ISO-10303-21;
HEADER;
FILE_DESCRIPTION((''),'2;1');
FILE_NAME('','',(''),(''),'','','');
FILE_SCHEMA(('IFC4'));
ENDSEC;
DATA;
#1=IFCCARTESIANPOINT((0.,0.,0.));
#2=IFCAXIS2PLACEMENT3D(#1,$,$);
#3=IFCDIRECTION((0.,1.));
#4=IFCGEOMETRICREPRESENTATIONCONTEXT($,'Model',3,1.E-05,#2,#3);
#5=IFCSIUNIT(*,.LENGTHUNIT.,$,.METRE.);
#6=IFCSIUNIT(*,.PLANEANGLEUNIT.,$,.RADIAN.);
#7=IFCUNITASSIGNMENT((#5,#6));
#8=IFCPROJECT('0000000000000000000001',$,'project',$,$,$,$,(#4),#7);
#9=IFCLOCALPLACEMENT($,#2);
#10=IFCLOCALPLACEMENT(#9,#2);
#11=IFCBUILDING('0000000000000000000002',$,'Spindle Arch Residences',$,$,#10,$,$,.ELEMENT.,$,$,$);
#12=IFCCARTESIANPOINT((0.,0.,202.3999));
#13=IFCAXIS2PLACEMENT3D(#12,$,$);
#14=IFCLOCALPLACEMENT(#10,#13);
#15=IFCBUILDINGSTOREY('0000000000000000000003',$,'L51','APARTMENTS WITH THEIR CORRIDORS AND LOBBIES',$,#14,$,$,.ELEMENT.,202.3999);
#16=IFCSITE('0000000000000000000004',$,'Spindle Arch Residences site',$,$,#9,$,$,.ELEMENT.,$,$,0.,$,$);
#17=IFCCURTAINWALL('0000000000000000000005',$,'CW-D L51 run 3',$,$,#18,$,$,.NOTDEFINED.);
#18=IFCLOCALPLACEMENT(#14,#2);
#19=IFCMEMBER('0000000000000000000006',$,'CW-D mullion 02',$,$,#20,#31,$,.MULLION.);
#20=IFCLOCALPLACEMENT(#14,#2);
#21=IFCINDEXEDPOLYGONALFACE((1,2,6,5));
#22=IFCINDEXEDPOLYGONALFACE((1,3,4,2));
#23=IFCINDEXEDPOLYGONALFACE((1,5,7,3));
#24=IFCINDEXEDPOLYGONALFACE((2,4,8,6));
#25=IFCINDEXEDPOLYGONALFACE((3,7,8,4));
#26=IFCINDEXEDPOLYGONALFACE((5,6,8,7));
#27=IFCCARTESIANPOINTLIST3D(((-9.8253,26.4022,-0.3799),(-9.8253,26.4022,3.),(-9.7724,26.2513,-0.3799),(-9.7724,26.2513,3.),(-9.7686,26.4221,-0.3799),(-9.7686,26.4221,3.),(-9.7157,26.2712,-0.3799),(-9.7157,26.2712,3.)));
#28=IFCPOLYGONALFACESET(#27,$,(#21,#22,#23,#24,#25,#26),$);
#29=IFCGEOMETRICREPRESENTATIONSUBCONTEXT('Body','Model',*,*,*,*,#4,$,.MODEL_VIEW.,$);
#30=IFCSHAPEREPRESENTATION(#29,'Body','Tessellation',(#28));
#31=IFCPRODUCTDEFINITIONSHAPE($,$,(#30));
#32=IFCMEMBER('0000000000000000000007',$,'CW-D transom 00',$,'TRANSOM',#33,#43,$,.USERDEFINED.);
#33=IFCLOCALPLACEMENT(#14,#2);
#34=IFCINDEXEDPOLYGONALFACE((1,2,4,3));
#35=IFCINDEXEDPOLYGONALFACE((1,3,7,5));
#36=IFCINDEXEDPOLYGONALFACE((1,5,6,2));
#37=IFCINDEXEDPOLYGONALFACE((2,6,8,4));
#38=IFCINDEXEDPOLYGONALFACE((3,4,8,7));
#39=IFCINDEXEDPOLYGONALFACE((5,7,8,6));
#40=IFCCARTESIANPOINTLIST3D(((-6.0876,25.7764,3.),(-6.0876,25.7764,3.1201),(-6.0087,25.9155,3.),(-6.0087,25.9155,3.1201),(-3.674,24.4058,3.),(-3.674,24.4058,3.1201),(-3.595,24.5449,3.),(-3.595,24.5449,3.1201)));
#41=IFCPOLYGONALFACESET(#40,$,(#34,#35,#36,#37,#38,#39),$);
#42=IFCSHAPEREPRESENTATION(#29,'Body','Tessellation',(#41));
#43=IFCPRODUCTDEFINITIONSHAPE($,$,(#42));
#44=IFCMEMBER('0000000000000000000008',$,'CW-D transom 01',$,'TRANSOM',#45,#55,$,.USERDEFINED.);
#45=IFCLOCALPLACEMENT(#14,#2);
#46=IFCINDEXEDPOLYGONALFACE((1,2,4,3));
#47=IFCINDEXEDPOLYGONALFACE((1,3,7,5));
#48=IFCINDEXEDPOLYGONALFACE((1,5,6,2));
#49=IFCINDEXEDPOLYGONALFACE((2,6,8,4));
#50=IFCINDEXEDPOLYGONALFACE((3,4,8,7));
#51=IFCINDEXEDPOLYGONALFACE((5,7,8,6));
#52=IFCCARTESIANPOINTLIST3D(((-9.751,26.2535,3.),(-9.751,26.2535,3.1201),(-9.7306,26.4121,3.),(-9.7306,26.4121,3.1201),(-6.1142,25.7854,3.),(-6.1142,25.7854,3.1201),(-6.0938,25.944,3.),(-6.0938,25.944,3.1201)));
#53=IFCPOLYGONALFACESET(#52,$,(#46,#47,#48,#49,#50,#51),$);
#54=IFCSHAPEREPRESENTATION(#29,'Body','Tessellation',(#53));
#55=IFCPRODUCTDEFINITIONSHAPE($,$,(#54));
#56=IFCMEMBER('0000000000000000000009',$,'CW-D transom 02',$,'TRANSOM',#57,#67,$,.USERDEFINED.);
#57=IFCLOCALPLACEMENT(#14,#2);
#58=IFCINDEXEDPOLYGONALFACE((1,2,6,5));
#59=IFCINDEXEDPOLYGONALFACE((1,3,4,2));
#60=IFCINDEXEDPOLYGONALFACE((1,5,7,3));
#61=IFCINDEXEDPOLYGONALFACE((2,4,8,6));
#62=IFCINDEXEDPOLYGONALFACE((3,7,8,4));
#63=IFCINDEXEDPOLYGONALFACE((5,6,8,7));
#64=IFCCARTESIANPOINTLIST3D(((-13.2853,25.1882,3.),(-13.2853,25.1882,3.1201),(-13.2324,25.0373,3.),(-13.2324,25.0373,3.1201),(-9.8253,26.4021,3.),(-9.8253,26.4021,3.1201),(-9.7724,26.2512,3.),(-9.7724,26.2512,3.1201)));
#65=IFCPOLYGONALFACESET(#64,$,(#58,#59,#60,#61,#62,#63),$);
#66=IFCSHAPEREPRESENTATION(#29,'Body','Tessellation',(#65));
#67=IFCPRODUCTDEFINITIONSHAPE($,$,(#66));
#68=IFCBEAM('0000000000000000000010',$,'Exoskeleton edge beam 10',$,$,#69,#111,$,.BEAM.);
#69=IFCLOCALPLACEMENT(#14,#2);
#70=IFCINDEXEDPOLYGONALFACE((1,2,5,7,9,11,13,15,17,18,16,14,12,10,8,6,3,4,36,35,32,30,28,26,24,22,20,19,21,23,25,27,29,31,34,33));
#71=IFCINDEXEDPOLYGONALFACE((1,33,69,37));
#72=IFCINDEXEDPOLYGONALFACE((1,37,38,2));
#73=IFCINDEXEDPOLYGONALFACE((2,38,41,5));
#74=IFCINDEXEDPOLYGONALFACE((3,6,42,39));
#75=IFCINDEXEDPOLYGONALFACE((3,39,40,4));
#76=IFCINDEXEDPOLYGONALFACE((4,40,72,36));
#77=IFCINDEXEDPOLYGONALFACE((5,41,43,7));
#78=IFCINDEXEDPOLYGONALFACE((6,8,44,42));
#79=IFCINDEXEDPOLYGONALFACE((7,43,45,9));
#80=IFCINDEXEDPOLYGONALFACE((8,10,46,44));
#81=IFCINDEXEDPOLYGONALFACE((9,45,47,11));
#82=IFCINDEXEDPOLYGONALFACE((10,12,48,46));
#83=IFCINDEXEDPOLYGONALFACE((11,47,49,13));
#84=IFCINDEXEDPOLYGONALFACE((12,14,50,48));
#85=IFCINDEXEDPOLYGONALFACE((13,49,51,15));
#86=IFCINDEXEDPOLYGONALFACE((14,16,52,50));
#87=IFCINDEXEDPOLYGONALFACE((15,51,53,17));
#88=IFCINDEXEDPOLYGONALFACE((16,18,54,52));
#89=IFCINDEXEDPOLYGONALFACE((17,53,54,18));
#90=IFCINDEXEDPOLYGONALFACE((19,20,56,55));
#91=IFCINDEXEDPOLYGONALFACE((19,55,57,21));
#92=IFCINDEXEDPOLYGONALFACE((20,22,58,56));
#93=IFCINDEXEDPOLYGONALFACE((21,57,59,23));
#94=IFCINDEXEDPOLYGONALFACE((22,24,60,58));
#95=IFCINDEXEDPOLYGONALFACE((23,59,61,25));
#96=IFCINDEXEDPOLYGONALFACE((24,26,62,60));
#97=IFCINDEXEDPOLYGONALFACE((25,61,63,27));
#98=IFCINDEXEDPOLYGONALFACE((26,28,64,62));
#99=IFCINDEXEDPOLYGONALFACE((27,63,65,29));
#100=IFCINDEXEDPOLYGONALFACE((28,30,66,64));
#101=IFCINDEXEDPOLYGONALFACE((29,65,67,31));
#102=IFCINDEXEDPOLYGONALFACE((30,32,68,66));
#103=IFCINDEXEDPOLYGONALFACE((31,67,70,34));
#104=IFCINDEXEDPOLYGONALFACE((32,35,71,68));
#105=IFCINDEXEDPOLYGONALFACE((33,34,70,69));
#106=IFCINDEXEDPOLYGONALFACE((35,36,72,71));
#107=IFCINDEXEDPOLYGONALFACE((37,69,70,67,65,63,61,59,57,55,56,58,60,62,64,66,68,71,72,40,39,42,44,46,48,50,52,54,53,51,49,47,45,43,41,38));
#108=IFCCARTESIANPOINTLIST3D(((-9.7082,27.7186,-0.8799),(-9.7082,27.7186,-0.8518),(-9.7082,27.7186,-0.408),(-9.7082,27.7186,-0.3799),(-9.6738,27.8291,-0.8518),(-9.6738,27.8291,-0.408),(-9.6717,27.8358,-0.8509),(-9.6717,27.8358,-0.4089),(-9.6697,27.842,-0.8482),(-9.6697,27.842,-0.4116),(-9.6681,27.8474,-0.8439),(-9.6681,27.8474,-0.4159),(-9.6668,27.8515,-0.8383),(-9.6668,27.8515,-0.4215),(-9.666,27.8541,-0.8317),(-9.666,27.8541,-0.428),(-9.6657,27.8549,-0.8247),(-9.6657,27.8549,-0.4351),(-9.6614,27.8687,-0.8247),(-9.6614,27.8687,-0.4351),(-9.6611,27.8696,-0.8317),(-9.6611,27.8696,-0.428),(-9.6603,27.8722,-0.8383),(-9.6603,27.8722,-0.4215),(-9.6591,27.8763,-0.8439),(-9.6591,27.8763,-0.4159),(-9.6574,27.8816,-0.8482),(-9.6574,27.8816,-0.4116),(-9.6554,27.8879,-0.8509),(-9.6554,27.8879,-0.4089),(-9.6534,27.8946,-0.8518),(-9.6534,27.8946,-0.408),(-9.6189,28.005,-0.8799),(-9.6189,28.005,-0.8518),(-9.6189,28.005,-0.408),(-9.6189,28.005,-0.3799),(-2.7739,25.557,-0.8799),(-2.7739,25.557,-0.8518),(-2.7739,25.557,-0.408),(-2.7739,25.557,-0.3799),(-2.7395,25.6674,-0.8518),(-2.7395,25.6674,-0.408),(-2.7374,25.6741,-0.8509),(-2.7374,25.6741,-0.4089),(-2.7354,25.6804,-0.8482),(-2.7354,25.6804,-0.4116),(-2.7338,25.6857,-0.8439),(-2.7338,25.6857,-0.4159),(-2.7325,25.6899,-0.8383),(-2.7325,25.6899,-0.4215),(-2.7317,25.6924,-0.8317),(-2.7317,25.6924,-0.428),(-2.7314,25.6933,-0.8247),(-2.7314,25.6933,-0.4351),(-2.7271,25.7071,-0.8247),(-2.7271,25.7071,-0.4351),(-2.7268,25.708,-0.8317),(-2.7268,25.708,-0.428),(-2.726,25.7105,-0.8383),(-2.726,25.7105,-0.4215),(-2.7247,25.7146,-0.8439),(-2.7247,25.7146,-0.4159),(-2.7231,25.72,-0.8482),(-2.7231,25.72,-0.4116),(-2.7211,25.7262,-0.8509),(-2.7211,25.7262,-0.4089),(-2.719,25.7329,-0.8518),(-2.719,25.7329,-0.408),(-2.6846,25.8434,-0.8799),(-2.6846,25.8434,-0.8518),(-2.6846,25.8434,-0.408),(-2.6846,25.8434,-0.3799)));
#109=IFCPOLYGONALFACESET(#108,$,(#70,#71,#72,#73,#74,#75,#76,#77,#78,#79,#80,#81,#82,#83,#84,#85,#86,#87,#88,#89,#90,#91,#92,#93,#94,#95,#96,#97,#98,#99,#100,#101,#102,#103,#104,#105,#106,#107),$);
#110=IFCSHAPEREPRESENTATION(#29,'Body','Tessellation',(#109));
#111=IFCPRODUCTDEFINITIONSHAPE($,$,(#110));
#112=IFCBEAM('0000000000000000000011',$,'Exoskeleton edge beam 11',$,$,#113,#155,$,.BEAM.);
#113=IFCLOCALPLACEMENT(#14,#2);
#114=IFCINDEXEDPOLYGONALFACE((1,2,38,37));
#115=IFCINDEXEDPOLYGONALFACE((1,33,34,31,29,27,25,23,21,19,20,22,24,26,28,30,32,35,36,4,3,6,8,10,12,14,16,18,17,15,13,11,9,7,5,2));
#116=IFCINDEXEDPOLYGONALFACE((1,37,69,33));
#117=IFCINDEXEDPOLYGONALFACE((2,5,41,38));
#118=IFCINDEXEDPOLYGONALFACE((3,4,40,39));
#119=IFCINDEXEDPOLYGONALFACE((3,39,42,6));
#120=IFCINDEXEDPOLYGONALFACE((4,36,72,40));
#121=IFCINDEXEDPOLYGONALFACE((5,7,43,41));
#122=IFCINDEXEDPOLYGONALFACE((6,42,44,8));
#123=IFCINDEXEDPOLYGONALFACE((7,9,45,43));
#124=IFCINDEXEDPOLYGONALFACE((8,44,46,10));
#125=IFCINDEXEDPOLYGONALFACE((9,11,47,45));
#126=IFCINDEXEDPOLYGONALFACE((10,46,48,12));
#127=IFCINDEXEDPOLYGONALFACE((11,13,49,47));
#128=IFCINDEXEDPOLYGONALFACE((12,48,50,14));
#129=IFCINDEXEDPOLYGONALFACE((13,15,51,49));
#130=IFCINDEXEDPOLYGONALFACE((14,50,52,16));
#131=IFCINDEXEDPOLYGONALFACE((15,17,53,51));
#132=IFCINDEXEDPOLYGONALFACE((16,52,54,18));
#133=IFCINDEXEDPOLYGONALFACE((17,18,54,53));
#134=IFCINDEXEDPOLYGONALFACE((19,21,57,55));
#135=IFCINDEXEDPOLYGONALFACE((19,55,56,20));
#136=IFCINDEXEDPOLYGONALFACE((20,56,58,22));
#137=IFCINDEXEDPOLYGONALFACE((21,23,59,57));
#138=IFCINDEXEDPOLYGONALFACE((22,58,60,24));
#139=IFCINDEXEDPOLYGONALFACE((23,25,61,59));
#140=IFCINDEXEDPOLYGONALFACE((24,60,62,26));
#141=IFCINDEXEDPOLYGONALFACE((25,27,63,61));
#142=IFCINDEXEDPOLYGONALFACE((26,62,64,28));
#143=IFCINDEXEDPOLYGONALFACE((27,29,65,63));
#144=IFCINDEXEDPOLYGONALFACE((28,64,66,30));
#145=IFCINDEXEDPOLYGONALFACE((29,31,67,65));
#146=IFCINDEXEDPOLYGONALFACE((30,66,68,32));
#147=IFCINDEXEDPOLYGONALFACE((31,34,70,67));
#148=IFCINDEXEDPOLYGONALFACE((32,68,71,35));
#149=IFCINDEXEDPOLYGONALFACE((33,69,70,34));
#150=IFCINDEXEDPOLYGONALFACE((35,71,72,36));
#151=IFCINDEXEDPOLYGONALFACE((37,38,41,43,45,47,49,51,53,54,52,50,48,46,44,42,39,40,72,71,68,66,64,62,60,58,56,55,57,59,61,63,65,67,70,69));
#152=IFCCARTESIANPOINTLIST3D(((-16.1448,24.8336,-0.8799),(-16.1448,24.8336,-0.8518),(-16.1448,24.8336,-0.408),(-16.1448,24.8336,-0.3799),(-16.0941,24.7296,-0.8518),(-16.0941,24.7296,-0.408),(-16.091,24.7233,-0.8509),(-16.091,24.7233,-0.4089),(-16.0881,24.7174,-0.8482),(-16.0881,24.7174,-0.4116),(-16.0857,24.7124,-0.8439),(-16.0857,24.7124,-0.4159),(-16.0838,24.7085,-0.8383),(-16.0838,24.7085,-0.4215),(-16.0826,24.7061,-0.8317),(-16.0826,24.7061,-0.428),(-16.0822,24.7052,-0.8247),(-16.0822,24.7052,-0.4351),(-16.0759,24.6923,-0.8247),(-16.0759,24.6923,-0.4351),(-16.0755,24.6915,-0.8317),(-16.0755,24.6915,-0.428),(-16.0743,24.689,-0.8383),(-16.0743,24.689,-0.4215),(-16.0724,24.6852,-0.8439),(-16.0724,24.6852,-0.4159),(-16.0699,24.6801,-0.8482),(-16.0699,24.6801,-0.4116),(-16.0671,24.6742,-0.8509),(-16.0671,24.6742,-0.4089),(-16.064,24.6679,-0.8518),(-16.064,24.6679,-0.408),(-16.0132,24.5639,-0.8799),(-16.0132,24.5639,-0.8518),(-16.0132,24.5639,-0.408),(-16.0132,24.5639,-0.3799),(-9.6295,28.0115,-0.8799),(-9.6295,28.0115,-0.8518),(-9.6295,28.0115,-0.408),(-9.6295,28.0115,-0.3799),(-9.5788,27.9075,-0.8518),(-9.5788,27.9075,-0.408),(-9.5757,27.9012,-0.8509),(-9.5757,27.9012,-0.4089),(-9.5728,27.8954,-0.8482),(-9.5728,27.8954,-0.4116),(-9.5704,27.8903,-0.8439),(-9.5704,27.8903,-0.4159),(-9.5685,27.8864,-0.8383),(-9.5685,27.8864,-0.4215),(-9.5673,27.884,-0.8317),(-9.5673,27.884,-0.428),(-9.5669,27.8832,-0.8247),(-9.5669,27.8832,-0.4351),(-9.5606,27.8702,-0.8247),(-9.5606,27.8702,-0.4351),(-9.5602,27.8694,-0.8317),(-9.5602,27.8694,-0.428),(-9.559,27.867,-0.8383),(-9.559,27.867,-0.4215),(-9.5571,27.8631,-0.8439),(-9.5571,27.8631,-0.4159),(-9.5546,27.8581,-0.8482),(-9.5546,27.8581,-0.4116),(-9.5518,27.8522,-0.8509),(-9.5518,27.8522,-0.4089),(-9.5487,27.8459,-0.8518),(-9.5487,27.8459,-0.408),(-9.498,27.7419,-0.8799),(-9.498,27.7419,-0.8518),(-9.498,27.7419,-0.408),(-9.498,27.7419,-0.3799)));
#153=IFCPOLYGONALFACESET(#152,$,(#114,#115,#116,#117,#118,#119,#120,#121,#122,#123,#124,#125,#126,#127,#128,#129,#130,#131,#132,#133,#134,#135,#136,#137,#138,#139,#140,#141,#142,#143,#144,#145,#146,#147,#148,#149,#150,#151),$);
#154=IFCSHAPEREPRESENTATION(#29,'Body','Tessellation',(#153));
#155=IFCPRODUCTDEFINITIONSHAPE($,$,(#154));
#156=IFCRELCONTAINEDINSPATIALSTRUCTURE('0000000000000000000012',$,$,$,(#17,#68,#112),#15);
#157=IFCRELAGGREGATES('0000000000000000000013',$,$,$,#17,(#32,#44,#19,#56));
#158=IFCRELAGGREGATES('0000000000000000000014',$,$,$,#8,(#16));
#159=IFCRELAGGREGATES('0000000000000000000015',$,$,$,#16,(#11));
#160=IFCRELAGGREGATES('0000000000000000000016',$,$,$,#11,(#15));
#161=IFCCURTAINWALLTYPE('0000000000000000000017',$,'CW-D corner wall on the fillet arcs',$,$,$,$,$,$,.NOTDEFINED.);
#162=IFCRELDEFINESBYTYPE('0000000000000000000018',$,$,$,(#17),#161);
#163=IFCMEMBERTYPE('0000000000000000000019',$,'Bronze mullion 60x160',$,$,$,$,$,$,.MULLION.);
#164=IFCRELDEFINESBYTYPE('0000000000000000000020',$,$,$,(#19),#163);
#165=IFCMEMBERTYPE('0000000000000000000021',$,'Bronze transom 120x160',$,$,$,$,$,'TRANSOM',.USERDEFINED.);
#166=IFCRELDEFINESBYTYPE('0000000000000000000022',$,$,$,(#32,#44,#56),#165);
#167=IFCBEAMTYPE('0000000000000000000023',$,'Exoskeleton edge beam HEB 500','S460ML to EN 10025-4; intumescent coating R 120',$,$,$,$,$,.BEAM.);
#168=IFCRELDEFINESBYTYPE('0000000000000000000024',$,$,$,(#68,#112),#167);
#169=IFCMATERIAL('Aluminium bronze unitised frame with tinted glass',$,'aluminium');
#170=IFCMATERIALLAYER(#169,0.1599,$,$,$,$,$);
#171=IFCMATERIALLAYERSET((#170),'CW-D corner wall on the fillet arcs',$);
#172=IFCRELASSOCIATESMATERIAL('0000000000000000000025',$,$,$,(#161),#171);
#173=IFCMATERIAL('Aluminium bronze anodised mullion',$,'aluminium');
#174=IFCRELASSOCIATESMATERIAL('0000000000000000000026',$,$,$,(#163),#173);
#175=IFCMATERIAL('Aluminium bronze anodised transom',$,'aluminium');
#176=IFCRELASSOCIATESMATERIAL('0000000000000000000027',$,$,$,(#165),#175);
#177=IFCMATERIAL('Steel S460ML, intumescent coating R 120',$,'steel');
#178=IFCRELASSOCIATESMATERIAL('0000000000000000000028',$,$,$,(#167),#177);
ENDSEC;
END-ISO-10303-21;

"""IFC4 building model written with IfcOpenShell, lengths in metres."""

from ifc_helpers import new_model, si_unit, direction, frame, origin, origin_2d, place, context, subcontext, project, spatial, rectangle, i_section, extrude, material, layer, layer_set, material_profile, profile_set, type_object, element, aggregate, save


model = new_model("IFC4")

# Units and contexts
model_context = context("Model", 3, precision=1e-05, world=origin(), true_north=direction((0.0, 1.0)))
body_context = subcontext(model_context, "Body", "Model", "MODEL_VIEW")
ifc_project = project(units=[si_unit("LENGTHUNIT", "METRE"), si_unit("PLANEANGLEUNIT", "RADIAN")], contexts=[model_context])

# Site, building, storey
site_placement = place(None, origin())
site = spatial("IfcSite", under=ifc_project, at=site_placement, Name="Spindle Arch Residences site", CompositionType="ELEMENT", RefElevation=0.0)
building_placement = place(site_placement, origin())
building = spatial("IfcBuilding", under=site, at=building_placement, Name="Spindle Arch Residences", CompositionType="ELEMENT")
storey_placement = place(building_placement, frame((0.0, 0.0, 202.3999)))
storey = spatial("IfcBuildingStorey", under=building, at=storey_placement, Name="L51", Description="APARTMENTS WITH THEIR CORRIDORS AND LOBBIES", CompositionType="ELEMENT", Elevation=202.3999)

# Curtain wall, members
ifc_material_1 = material(Name="Aluminium bronze unitised frame with tinted glass", Category="aluminium")
ifc_layer_1 = layer(ifc_material_1, 0.1599)
ifc_layer_set_1 = layer_set([ifc_layer_1], Name="CW-D corner wall on the fillet arcs")
curtain_wall_type_1 = type_object("IfcCurtainWallType", Name="CW-D corner wall on the fillet arcs", PredefinedType="NOTDEFINED", material=ifc_layer_set_1)
curtain_wall_1_placement = place(storey_placement, origin())
curtain_wall_1 = element("IfcCurtainWall", 1, at=curtain_wall_1_placement, inside=storey, type_object=curtain_wall_type_1, Name="CW-D L51 run 3", PredefinedType="NOTDEFINED")
ifc_material_2 = material(Name="Aluminium bronze anodised mullion", Category="aluminium")
ifc_material_profile_1 = material_profile(ifc_material_2, rectangle(XDim=0.1599, YDim=0.0601, at=origin_2d()), Name="MU 60x160")
ifc_profile_set_1 = profile_set([ifc_material_profile_1], Name="Aluminium bronze anodised mullion")
member_type_1 = type_object("IfcMemberType", Name="Bronze mullion 60x160", PredefinedType="MULLION", material=ifc_profile_set_1)
member_1_placement = place(storey_placement, frame((-9.7705, 26.3367, -0.3799), z_axis=(0.0, 0.0, 1.0), x_axis=(0.331063, -0.943609, 0.0)))
member_1 = element("IfcMember", 2, at=member_1_placement, type_object=member_type_1, Name="CW-D mullion 02", PredefinedType="MULLION", context=body_context, shape_type="SweptSolid", body=[
    extrude(rectangle(XDim=0.1599, YDim=0.0601, at=origin_2d()), origin(), (0.0, 0.0, 1.0), 3.3799),
])
ifc_material_3 = material(Name="Aluminium bronze anodised transom", Category="aluminium")
ifc_material_profile_2 = material_profile(ifc_material_3, rectangle(XDim=0.1599, YDim=0.1201, at=origin_2d()), Name="TR 120x160")
ifc_profile_set_2 = profile_set([ifc_material_profile_2], Name="Aluminium bronze anodised transom")
member_type_2 = type_object("IfcMemberType", Name="Bronze transom 120x160", ElementType="TRANSOM", PredefinedType="USERDEFINED", material=ifc_profile_set_2)
member_2_placement = place(storey_placement, frame((-3.6345, 24.4753, 3.0601), z_axis=(-0.869572, 0.493807, 0.0), x_axis=(-0.493807, -0.869572, 0.0)))
member_2 = element("IfcMember", 3, at=member_2_placement, type_object=member_type_2, Name="CW-D transom 00", ObjectType="TRANSOM", PredefinedType="USERDEFINED", context=body_context, shape_type="SweptSolid", body=[
    extrude(rectangle(XDim=0.1599, YDim=0.1201, at=origin_2d()), origin(), (0.0, 0.0, 1.0), 2.7756),
])
member_3_placement = place(storey_placement, frame((-6.104, 25.8647, 3.0601), z_axis=(-0.991821, 0.12764, 0.0), x_axis=(-0.12764, -0.991821, 0.0)))
member_3 = element("IfcMember", 4, at=member_3_placement, type_object=member_type_2, Name="CW-D transom 01", ObjectType="TRANSOM", PredefinedType="USERDEFINED", context=body_context, shape_type="SweptSolid", body=[
    extrude(rectangle(XDim=0.1599, YDim=0.1201, at=origin_2d()), origin(), (0.0, 0.0, 1.0), 3.6667),
])
member_4_placement = place(storey_placement, frame((-9.7988, 26.3267, 3.0601), z_axis=(-0.943613, -0.33105, 0.0), x_axis=(0.33105, -0.943613, 0.0)))
member_4 = element("IfcMember", 5, at=member_4_placement, type_object=member_type_2, Name="CW-D transom 02", ObjectType="TRANSOM", PredefinedType="USERDEFINED", context=body_context, shape_type="SweptSolid", body=[
    extrude(rectangle(XDim=0.1599, YDim=0.1201, at=origin_2d()), origin(), (0.0, 0.0, 1.0), 3.6667),
])

# Beams
ifc_material_4 = material(Name="Steel S460ML, intumescent coating R 120", Category="steel")
ifc_material_profile_3 = material_profile(ifc_material_4, i_section(OverallWidth=0.3, OverallDepth=0.5, WebThickness=0.0144, FlangeThickness=0.0281, FilletRadius=0.0271, at=origin_2d()), Name="HEB 500")
ifc_profile_set_3 = profile_set([ifc_material_profile_3], Name="Steel S460ML, intumescent coating R 120")
beam_type_1 = type_object("IfcBeamType", Name="Exoskeleton edge beam HEB 500", Description="S460ML to EN 10025-4; intumescent coating R 120", PredefinedType="BEAM", material=ifc_profile_set_3)
beam_1_placement = place(storey_placement, frame((-2.7292, 25.7002, -0.6299), z_axis=(-0.95469, 0.297603, 0.0), x_axis=(-0.297603, -0.95469, 0.0)))
element("IfcBeam", 6, at=beam_1_placement, inside=storey, type_object=beam_type_1, Name="Exoskeleton edge beam 10", PredefinedType="BEAM", context=body_context, shape_type="SweptSolid", body=[
    extrude(i_section(OverallWidth=0.3, OverallDepth=0.5, WebThickness=0.0144, FlangeThickness=0.0281, FilletRadius=0.0271, at=origin_2d()), origin(), (0.0, 0.0, 1.0), 7.2634),
])
beam_2_placement = place(storey_placement, frame((-9.5637, 27.8767, -0.6299), z_axis=(-0.898782, -0.438395, 0.0), x_axis=(0.438395, -0.898782, 0.0)))
element("IfcBeam", 7, at=beam_2_placement, inside=storey, type_object=beam_type_1, Name="Exoskeleton edge beam 11", PredefinedType="BEAM", context=body_context, shape_type="SweptSolid", body=[
    extrude(i_section(OverallWidth=0.3, OverallDepth=0.5, WebThickness=0.0144, FlangeThickness=0.0281, FilletRadius=0.0271, at=origin_2d()), origin(), (0.0, 0.0, 1.0), 7.249),
])

aggregate(curtain_wall_1, [member_2, member_3, member_1, member_4])

save(model, "model.ifc")
